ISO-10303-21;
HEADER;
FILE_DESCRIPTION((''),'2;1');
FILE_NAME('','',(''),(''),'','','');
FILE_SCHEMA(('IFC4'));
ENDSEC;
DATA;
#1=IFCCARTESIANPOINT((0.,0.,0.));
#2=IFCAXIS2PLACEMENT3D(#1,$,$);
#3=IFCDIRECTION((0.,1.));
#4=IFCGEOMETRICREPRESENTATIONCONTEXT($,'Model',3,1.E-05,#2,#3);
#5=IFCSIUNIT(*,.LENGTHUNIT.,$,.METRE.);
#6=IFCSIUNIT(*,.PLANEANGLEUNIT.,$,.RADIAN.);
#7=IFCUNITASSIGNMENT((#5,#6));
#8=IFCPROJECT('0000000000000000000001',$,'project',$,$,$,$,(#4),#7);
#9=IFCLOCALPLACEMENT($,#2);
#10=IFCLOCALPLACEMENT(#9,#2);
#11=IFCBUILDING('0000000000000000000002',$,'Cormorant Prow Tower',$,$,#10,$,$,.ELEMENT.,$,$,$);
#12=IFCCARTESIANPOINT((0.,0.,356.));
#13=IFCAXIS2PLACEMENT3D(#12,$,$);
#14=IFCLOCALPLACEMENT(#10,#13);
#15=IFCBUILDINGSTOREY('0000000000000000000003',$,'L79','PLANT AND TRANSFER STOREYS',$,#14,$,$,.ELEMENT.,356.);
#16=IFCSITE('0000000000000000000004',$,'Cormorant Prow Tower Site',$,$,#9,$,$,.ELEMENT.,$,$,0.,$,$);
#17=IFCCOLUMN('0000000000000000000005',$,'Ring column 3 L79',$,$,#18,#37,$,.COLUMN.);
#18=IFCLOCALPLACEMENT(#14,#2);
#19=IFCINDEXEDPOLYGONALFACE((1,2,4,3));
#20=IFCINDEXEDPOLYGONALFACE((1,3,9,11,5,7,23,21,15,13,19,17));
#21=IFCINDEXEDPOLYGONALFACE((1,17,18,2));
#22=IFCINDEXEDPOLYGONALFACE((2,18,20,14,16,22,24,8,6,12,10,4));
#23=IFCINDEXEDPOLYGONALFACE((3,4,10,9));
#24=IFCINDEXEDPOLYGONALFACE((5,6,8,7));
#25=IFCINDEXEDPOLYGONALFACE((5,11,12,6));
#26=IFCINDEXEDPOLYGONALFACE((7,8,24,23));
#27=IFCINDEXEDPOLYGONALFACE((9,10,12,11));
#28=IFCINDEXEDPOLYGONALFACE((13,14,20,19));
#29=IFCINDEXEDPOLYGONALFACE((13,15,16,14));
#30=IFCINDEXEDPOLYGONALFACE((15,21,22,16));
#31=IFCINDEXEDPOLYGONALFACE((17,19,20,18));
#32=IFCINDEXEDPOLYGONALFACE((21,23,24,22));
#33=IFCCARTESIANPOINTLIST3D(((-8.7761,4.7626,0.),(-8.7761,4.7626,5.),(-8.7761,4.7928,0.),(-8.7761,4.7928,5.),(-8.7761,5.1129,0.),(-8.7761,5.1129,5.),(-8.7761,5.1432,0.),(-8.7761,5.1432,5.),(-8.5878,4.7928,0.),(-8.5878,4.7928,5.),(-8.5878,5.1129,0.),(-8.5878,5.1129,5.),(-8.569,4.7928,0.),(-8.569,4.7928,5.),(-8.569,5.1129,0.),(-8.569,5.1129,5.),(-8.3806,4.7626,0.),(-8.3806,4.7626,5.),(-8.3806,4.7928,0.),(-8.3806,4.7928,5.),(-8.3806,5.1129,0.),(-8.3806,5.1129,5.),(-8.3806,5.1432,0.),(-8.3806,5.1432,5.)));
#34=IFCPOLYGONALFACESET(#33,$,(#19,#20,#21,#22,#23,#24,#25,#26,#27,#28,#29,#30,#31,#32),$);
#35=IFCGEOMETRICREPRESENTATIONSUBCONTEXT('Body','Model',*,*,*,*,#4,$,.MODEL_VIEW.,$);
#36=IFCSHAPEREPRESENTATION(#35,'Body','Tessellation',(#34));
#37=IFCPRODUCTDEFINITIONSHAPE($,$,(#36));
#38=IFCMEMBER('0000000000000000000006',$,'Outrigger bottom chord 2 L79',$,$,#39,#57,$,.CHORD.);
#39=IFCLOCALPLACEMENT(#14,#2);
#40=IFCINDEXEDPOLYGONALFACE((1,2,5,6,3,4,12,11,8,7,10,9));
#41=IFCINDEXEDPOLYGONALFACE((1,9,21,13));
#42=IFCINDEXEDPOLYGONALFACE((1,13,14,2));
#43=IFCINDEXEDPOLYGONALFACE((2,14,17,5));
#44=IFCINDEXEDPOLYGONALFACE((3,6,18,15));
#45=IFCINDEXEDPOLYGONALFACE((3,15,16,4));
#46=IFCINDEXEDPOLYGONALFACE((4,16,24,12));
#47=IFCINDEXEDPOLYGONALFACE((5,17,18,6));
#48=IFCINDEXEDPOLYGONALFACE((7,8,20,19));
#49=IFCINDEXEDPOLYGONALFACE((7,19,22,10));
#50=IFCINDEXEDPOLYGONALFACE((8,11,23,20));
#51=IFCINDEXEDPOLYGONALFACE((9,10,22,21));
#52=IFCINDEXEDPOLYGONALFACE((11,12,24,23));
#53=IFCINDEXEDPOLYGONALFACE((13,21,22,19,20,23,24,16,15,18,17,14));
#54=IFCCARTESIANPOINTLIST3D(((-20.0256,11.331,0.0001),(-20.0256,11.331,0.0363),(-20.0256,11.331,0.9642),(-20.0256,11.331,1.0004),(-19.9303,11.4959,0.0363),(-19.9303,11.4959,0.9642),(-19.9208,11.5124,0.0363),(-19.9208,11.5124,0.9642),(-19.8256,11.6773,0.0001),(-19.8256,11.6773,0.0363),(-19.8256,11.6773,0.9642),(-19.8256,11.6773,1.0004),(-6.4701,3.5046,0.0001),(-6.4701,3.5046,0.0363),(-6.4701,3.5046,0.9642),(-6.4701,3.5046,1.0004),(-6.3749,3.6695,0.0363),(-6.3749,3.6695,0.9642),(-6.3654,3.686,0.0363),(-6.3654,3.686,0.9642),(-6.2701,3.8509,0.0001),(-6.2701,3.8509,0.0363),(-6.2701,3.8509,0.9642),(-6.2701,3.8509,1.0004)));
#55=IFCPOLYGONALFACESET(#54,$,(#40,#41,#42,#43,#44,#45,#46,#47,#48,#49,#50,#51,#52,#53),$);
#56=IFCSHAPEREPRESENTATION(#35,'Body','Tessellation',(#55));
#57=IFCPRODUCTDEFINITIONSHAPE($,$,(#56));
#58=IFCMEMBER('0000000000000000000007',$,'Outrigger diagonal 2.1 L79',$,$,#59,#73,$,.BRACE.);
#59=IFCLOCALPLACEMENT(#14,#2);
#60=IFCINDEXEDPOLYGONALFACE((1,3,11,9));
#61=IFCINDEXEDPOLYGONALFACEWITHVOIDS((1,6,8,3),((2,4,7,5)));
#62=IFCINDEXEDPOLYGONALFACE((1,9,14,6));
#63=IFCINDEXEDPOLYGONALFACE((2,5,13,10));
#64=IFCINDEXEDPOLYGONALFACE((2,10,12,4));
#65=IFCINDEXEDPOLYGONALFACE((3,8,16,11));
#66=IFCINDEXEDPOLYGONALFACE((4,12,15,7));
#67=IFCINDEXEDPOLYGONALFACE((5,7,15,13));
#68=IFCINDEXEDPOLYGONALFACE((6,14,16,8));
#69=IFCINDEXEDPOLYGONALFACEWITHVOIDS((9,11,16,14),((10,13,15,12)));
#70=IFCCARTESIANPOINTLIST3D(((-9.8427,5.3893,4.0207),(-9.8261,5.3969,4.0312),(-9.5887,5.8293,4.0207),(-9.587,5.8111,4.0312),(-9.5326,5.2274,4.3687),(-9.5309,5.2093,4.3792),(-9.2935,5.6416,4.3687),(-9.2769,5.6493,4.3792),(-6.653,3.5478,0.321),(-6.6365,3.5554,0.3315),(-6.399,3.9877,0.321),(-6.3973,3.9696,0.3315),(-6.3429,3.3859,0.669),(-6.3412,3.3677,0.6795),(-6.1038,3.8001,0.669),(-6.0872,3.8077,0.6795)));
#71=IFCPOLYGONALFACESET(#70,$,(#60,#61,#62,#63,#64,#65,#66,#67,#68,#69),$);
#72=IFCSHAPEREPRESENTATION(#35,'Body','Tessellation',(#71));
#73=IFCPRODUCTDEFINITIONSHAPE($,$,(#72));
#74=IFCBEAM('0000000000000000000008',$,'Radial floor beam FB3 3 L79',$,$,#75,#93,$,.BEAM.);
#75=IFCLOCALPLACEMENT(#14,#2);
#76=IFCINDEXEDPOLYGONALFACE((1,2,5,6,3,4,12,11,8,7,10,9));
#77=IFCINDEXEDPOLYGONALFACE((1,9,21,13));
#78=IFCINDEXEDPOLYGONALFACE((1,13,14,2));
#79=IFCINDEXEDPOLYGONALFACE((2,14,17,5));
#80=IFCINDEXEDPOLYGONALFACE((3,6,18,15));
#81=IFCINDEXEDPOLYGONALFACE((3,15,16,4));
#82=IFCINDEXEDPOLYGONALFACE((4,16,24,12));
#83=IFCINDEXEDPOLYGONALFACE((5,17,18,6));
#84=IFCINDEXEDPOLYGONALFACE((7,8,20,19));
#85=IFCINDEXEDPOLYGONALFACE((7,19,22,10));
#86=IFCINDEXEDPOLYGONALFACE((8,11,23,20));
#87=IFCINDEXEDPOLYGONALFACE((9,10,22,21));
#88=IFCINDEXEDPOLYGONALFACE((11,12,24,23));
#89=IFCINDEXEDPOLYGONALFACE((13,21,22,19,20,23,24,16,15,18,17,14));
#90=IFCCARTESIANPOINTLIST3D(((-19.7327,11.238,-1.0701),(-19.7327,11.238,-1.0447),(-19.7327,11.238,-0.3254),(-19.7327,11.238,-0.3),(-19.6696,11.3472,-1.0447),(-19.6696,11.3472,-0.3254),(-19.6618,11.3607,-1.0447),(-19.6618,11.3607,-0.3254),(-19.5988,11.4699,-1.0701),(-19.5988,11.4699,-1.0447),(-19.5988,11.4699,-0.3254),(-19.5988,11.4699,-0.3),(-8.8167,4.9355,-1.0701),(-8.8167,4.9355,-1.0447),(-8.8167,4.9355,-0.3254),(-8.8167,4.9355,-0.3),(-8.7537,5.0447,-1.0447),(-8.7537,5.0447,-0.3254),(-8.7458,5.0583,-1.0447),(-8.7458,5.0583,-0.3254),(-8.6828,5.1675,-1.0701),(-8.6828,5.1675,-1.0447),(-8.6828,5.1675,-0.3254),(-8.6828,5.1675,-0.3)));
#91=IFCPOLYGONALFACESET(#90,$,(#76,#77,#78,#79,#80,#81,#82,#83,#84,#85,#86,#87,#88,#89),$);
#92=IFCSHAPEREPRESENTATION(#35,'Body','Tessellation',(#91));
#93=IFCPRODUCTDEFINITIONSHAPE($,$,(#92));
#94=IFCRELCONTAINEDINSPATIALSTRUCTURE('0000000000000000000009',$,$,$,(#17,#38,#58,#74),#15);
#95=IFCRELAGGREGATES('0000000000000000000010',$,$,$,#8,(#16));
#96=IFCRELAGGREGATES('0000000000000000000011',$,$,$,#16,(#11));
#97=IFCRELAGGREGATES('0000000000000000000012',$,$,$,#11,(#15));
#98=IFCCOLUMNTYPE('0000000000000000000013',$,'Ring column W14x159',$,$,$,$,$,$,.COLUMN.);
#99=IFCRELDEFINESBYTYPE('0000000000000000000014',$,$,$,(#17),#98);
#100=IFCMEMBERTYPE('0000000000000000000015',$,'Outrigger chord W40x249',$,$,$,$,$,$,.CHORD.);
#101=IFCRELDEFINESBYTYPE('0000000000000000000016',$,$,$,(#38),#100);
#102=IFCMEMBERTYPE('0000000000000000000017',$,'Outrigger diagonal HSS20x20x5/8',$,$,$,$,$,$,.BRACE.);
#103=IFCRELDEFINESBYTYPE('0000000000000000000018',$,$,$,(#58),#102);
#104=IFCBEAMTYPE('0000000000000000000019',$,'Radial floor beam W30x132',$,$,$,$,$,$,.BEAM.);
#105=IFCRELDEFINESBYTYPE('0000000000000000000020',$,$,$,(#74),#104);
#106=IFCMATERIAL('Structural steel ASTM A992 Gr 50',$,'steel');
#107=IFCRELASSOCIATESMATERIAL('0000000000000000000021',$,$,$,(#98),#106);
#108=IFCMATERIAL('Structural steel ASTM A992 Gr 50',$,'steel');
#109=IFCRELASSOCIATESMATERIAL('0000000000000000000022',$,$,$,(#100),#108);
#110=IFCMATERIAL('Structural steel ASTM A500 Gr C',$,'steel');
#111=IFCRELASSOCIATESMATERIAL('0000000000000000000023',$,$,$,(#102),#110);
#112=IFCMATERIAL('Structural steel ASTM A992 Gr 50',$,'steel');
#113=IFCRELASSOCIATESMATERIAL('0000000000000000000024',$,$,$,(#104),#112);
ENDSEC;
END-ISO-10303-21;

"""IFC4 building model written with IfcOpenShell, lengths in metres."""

from ifc_helpers import new_model, si_unit, direction, frame, origin, origin_2d, place, context, subcontext, project, spatial, hollow_rectangle, i_section, extrude, material, material_profile, profile_set, type_object, element, save


model = new_model("IFC4")

# Units and contexts
model_context = context("Model", 3, precision=1e-05, world=origin(), true_north=direction((0.0, 1.0)))
body_context = subcontext(model_context, "Body", "Model", "MODEL_VIEW")
ifc_project = project(units=[si_unit("LENGTHUNIT", "METRE"), si_unit("PLANEANGLEUNIT", "RADIAN")], contexts=[model_context])

# Site, building, storey
site_placement = place(None, origin())
site = spatial("IfcSite", under=ifc_project, at=site_placement, Name="Cormorant Prow Tower Site", CompositionType="ELEMENT", RefElevation=0.0)
building_placement = place(site_placement, origin())
building = spatial("IfcBuilding", under=site, at=building_placement, Name="Cormorant Prow Tower", CompositionType="ELEMENT")
storey_placement = place(building_placement, frame((0.0, 0.0, 356.0)))
storey = spatial("IfcBuildingStorey", under=building, at=storey_placement, Name="L79", Description="PLANT AND TRANSFER STOREYS", CompositionType="ELEMENT", Elevation=356.0)

# Column
ifc_material_1 = material(Name="Structural steel ASTM A992 Gr 50", Category="steel")
ifc_material_profile_1 = material_profile(ifc_material_1, i_section(OverallWidth=0.3955, OverallDepth=0.3806, WebThickness=0.0188, FlangeThickness=0.0303, at=origin_2d()), Name="W14x159")
ifc_profile_set_1 = profile_set([ifc_material_profile_1], Name="Structural steel ASTM A992 Gr 50")
column_type = type_object("IfcColumnType", Name="Ring column W14x159", PredefinedType="COLUMN", material=ifc_profile_set_1)
column_placement = place(storey_placement, frame((-8.5784, 4.9529, 0.0), z_axis=(0.0, 0.0, 1.0), x_axis=(1.0, 0.0, 0.0)))
element("IfcColumn", 1, at=column_placement, inside=storey, type_object=column_type, Name="Ring column 3 L79", PredefinedType="COLUMN", context=body_context, shape_type="SweptSolid", body=[
    extrude(i_section(OverallWidth=0.3955, OverallDepth=0.3806, WebThickness=0.0188, FlangeThickness=0.0303, at=origin_2d()), origin(), (0.0, 0.0, 1.0), 5.0),
])

# Members
ifc_material_2 = material(Name="Structural steel ASTM A992 Gr 50", Category="steel")
ifc_material_profile_2 = material_profile(ifc_material_2, i_section(OverallWidth=0.3999, OverallDepth=1.0002, WebThickness=0.019, FlangeThickness=0.0361, at=origin_2d()), Name="W40x249")
ifc_profile_set_2 = profile_set([ifc_material_profile_2], Name="Structural steel ASTM A992 Gr 50")
member_type_1 = type_object("IfcMemberType", Name="Outrigger chord W40x249", PredefinedType="CHORD", material=ifc_profile_set_2)
member_1_placement = place(storey_placement, frame((-6.3701, 3.6777, 0.5002), z_axis=(-0.86602, 0.500009, 0.0), x_axis=(-0.500009, -0.86602, 0.0)))
element("IfcMember", 2, at=member_1_placement, inside=storey, type_object=member_type_1, Name="Outrigger bottom chord 2 L79", PredefinedType="CHORD", context=body_context, shape_type="SweptSolid", body=[
    extrude(i_section(OverallWidth=0.3999, OverallDepth=1.0002, WebThickness=0.019, FlangeThickness=0.0361, at=origin_2d()), origin(), (0.0, 0.0, 1.0), 15.6526),
])
ifc_material_3 = material(Name="Structural steel ASTM A500 Gr C", Category="steel")
ifc_material_profile_3 = material_profile(ifc_material_3, hollow_rectangle(XDim=0.5081, YDim=0.5081, WallThickness=0.0149, at=origin_2d()), Name="HSS20x20x5/8")
ifc_profile_set_3 = profile_set([ifc_material_profile_3], Name="Structural steel ASTM A500 Gr C")
member_type_2 = type_object("IfcMemberType", Name="Outrigger diagonal HSS20x20x5/8", PredefinedType="BRACE", material=ifc_profile_set_3)
member_2_placement = place(storey_placement, frame((-6.3701, 3.6777, 0.5002), z_axis=(-0.610998, 0.352756, 0.708692), x_axis=(-0.499996, -0.866028, 0.0)))
element("IfcMember", 3, at=member_2_placement, inside=storey, type_object=member_type_2, Name="Outrigger diagonal 2.1 L79", PredefinedType="BRACE", context=body_context, shape_type="SweptSolid", body=[
    extrude(hollow_rectangle(XDim=0.5081, YDim=0.5081, WallThickness=0.0149, at=origin_2d()), origin(), (0.0, 0.0, 1.0), 5.2205),
])

# Beam
ifc_material_4 = material(Name="Structural steel ASTM A992 Gr 50", Category="steel")
ifc_material_profile_4 = material_profile(ifc_material_4, i_section(OverallWidth=0.2678, OverallDepth=0.77, WebThickness=0.0156, FlangeThickness=0.0254, at=origin_2d()), Name="W30x132")
ifc_profile_set_4 = profile_set([ifc_material_profile_4], Name="Structural steel ASTM A992 Gr 50")
beam_type = type_object("IfcBeamType", Name="Radial floor beam W30x132", PredefinedType="BEAM", material=ifc_profile_set_4)
beam_placement = place(storey_placement, frame((-8.7498, 5.0515, -0.6851), z_axis=(-0.866021, 0.500007, 0.0), x_axis=(-0.500007, -0.866021, 0.0)))
element("IfcBeam", 4, at=beam_placement, inside=storey, type_object=beam_type, Name="Radial floor beam FB3 3 L79", PredefinedType="BEAM", context=body_context, shape_type="SweptSolid", body=[
    extrude(i_section(OverallWidth=0.2678, OverallDepth=0.77, WebThickness=0.0156, FlangeThickness=0.0254, at=origin_2d()), origin(), (0.0, 0.0, 1.0), 12.6047),
])

save(model, "model.ifc")
